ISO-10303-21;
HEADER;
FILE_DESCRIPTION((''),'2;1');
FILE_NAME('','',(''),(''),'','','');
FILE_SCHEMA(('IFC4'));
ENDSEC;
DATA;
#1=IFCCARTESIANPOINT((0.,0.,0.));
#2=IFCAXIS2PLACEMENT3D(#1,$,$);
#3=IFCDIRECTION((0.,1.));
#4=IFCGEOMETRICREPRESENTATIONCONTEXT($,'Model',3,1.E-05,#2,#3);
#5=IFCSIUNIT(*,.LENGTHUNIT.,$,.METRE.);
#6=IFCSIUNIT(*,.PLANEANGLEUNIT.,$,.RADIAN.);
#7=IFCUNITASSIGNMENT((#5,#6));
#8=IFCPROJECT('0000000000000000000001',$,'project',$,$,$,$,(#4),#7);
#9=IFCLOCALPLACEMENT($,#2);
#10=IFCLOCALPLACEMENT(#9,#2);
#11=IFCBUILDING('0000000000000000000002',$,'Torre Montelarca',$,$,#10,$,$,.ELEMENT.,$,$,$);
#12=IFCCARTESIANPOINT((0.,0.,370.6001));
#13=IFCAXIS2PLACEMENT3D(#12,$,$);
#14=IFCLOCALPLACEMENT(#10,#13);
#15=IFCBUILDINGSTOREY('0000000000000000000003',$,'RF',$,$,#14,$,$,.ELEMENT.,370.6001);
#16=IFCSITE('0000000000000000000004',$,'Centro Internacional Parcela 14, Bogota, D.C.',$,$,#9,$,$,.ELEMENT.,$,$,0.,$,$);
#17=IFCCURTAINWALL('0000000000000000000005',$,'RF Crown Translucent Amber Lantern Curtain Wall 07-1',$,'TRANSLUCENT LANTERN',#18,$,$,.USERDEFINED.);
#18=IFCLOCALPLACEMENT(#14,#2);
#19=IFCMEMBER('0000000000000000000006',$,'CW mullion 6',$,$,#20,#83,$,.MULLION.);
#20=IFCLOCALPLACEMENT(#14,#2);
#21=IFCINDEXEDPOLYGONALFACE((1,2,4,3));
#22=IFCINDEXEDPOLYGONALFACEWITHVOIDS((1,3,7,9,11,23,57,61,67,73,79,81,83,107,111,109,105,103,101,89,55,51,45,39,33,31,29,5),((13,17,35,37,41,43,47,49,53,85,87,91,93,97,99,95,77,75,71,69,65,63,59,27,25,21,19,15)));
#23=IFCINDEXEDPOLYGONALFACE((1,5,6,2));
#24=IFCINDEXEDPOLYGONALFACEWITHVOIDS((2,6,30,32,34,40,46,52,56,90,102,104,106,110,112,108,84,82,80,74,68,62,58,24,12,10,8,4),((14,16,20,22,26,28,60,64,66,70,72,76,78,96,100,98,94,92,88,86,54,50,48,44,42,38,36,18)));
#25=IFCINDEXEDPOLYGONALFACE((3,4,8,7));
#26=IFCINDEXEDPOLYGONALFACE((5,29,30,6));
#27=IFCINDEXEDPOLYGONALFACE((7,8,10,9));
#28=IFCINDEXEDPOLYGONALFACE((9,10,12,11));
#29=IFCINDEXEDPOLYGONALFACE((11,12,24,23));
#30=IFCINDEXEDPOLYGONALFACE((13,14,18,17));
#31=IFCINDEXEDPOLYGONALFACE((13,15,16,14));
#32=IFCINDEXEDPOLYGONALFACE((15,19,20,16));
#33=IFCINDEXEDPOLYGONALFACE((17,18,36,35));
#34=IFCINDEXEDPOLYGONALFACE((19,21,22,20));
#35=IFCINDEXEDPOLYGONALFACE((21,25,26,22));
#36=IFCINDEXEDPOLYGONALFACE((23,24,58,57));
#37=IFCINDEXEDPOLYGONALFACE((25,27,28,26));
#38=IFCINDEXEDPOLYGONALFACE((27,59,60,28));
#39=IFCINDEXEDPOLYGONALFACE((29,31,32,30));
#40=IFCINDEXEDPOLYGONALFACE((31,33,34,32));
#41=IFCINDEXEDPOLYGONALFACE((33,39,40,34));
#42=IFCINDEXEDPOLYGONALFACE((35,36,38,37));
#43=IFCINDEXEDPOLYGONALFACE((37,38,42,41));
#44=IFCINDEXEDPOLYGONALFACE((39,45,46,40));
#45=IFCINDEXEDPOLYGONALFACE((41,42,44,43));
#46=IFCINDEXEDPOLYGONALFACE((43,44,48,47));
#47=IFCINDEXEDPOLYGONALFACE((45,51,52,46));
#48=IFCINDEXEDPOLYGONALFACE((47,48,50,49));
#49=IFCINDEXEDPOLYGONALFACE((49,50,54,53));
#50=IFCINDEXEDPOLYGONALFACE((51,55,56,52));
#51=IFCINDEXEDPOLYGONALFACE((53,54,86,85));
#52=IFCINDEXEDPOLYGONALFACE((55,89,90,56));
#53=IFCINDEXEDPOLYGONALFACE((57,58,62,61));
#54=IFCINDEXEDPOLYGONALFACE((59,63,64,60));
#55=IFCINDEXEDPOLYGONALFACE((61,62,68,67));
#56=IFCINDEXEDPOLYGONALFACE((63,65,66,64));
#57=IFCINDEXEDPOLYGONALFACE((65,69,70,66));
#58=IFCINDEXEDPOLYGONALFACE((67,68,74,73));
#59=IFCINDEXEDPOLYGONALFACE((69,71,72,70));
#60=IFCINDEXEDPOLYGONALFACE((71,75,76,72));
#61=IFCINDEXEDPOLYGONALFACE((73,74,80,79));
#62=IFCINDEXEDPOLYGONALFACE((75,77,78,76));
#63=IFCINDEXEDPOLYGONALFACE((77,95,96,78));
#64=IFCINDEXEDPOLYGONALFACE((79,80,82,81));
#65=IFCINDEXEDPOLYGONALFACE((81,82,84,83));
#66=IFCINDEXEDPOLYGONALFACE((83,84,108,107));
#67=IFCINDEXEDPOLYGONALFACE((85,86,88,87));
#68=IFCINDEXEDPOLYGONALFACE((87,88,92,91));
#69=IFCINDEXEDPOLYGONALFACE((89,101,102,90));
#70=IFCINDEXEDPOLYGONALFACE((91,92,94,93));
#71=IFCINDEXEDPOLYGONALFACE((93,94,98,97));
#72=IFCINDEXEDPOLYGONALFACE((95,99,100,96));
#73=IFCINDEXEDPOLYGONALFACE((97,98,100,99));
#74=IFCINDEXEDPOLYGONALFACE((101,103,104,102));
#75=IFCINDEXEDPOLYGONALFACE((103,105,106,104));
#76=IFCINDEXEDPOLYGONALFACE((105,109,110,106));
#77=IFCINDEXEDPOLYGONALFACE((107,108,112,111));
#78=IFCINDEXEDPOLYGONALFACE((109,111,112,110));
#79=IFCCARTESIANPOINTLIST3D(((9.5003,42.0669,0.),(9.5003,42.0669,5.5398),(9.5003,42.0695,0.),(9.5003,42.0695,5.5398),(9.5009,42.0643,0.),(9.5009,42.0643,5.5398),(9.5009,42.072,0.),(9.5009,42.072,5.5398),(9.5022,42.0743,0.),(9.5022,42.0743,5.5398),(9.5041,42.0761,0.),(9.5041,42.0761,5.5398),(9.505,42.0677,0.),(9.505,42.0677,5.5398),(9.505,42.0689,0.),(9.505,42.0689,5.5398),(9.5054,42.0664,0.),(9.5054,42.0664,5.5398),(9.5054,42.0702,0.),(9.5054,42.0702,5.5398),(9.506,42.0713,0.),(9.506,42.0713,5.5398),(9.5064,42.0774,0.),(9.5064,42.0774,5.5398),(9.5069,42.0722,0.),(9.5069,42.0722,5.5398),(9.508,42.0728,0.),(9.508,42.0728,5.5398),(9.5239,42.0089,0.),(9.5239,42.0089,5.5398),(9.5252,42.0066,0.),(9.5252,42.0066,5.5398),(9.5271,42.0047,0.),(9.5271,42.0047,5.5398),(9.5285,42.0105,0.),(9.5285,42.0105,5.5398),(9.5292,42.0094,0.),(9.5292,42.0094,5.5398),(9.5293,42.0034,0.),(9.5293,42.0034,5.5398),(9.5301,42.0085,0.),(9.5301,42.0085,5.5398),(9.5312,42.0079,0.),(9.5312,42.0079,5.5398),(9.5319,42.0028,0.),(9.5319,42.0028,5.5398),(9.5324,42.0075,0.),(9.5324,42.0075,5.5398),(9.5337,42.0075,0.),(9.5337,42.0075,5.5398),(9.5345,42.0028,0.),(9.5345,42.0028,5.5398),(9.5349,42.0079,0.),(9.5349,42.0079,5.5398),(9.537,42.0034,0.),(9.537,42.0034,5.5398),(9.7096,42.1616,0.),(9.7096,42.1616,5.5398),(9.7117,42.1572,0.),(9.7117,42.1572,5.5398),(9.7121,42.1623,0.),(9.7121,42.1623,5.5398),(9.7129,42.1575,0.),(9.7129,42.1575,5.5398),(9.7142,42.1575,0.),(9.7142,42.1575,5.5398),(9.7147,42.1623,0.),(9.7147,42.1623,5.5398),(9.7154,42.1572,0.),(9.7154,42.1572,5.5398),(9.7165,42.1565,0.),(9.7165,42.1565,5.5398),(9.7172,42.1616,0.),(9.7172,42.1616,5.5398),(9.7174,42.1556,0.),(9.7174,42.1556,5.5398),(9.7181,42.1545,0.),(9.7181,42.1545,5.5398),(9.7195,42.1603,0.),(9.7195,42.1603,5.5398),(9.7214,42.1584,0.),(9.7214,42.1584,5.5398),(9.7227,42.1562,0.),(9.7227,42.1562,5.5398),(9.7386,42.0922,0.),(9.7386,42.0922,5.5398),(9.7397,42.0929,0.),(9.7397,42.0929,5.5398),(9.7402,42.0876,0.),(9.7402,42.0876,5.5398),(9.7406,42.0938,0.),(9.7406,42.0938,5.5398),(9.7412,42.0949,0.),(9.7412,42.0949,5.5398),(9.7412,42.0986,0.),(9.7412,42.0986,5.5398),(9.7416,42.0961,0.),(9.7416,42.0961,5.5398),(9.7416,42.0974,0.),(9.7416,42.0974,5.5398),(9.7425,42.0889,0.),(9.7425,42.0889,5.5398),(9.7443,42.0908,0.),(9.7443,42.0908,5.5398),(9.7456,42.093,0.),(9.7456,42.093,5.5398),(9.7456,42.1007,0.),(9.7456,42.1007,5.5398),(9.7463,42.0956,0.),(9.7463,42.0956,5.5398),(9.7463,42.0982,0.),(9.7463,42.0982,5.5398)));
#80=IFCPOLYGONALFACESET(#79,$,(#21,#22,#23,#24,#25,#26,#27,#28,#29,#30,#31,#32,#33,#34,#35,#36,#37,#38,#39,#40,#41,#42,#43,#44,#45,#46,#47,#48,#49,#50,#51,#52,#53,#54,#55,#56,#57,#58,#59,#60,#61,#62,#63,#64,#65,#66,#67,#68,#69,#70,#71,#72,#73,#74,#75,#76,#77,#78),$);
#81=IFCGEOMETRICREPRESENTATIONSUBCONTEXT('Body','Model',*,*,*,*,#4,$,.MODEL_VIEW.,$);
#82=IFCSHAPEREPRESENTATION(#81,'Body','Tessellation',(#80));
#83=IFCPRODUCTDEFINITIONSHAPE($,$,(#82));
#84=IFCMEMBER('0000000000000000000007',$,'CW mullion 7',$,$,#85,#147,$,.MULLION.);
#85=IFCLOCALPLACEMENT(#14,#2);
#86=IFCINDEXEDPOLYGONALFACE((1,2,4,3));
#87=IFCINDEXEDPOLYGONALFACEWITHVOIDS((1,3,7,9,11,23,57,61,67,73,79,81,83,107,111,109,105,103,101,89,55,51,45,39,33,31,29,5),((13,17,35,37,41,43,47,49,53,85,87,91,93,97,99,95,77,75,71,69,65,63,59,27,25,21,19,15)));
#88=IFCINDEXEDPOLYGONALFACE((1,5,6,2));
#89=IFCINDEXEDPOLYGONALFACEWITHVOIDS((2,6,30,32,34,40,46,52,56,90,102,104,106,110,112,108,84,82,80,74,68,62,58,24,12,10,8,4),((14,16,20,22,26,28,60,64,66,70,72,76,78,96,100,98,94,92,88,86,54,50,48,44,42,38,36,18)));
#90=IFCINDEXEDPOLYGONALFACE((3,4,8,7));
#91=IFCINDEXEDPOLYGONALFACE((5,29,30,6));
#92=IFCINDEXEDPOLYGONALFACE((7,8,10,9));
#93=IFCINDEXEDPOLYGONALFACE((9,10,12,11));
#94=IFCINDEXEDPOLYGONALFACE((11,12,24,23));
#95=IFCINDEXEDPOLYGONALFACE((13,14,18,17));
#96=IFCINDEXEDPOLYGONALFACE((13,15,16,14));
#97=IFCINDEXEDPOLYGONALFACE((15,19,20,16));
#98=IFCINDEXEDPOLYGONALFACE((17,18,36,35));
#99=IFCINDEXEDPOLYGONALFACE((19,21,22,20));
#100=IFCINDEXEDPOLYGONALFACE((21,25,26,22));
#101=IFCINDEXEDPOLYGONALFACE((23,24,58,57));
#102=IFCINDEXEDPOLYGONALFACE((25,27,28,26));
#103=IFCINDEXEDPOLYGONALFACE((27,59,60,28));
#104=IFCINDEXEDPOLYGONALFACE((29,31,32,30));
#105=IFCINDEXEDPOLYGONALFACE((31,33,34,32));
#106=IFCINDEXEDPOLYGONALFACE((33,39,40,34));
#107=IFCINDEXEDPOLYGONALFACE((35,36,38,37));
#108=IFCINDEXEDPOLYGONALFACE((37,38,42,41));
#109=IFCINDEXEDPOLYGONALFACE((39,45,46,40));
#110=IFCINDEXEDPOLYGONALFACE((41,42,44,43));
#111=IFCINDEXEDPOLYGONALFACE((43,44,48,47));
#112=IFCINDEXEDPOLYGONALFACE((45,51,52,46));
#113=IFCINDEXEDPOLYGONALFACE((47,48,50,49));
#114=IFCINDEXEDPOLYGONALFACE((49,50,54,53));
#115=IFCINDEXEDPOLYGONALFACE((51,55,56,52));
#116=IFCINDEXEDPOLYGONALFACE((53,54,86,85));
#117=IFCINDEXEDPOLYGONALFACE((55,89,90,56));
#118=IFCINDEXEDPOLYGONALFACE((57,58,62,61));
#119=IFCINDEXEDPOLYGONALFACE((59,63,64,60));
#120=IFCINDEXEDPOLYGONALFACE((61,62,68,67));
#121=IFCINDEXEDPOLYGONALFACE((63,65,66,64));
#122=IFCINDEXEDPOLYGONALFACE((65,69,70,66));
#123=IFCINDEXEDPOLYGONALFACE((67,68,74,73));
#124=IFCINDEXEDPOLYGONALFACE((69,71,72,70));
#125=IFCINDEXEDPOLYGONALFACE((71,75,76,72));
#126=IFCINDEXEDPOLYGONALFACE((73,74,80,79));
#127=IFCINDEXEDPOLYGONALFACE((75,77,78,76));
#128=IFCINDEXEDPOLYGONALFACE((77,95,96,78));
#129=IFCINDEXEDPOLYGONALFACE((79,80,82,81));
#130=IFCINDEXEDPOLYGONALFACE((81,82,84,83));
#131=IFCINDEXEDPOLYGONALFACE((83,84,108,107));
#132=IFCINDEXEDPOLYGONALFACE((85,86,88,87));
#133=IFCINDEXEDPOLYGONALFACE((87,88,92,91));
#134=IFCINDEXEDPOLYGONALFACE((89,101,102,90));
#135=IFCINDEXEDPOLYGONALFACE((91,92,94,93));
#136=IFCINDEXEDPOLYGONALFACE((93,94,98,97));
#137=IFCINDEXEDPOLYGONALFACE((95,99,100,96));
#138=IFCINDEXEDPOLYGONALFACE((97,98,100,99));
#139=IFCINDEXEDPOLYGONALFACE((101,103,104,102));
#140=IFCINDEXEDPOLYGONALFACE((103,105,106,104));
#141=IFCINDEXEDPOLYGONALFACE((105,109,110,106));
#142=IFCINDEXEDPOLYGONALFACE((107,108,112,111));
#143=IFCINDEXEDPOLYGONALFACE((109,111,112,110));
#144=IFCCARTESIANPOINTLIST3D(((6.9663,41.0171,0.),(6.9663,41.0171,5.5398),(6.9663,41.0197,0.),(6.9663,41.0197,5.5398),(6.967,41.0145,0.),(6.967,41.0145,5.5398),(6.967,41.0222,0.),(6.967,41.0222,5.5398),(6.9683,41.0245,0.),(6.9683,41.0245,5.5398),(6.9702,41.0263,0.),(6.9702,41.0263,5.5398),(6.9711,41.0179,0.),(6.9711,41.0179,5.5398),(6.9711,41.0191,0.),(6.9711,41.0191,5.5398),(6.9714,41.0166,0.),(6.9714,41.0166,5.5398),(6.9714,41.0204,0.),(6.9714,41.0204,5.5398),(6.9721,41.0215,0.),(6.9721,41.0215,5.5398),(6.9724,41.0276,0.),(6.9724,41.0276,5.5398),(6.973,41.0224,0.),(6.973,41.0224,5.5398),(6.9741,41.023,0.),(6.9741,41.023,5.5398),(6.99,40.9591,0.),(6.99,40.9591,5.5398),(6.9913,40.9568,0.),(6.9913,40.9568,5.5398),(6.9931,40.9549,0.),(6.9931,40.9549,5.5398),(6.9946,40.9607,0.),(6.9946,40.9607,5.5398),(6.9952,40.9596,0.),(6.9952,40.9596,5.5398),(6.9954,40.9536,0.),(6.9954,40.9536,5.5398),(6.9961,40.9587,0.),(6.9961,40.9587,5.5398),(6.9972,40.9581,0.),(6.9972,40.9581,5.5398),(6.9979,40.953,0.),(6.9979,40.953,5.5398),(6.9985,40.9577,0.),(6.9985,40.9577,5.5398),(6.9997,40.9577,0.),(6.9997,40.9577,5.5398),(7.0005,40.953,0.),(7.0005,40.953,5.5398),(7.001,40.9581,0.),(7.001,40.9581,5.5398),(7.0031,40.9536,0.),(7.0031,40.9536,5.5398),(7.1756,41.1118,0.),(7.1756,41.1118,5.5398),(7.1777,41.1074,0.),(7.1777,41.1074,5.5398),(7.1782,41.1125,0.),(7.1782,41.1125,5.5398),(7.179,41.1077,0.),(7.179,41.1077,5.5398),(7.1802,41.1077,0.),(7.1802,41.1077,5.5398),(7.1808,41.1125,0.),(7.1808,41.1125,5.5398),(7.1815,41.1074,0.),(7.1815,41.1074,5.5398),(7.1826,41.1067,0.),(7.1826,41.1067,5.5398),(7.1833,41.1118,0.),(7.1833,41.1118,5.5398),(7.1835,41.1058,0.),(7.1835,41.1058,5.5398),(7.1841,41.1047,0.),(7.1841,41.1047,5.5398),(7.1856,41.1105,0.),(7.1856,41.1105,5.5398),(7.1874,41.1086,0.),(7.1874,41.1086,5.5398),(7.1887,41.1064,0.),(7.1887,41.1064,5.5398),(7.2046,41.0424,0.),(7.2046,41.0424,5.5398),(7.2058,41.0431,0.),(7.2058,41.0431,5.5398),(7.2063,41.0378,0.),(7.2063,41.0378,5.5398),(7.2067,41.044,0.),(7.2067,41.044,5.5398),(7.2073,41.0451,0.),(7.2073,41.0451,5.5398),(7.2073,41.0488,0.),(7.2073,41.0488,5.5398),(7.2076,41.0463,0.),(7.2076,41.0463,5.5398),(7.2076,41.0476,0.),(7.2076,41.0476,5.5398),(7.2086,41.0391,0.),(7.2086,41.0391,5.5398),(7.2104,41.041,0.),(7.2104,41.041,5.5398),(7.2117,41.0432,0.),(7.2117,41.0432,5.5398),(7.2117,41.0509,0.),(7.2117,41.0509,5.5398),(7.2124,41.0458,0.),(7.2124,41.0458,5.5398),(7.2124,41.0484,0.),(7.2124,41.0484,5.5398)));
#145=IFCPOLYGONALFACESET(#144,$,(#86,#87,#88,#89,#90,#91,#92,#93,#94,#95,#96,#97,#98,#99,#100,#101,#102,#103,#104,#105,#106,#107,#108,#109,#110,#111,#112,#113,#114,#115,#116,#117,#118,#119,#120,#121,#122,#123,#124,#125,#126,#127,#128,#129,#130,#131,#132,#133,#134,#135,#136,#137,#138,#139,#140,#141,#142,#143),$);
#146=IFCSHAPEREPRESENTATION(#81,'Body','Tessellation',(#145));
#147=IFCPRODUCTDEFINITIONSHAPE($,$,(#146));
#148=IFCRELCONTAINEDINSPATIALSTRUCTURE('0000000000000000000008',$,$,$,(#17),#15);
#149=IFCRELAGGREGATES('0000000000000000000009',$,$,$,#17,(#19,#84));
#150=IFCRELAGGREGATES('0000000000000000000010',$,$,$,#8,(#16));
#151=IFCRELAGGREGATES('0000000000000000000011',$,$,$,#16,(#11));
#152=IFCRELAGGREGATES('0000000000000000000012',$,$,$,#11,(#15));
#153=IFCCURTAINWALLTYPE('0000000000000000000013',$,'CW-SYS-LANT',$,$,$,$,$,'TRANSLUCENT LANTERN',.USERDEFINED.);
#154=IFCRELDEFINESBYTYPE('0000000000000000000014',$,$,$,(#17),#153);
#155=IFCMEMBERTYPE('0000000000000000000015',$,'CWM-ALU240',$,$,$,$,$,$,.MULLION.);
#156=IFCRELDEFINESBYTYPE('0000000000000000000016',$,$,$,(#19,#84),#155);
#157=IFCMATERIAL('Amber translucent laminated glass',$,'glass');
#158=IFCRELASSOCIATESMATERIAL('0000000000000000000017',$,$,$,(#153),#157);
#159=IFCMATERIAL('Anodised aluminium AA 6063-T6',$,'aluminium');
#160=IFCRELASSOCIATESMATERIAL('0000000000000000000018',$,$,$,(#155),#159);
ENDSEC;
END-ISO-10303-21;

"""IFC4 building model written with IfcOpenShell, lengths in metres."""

from ifc_helpers import new_model, si_unit, direction, frame, origin, origin_2d, place, context, subcontext, project, spatial, hollow_rectangle, extrude, source, transform, mapped, material, material_profile, profile_set, type_object, element, aggregate, save


model = new_model("IFC4")

# Units and contexts
model_context = context("Model", 3, precision=1e-05, world=origin(), true_north=direction((0.0, 1.0)))
body_context = subcontext(model_context, "Body", "Model", "MODEL_VIEW")
ifc_project = project(units=[si_unit("LENGTHUNIT", "METRE"), si_unit("PLANEANGLEUNIT", "RADIAN")], contexts=[model_context])

# Site, building, storey
site_placement = place(None, origin())
site = spatial("IfcSite", under=ifc_project, at=site_placement, Name="Centro Internacional Parcela 14, Bogota, D.C.", CompositionType="ELEMENT", RefElevation=0.0)
building_placement = place(site_placement, origin())
building = spatial("IfcBuilding", under=site, at=building_placement, Name="Torre Montelarca", CompositionType="ELEMENT")
storey_placement = place(building_placement, frame((0.0, 0.0, 370.6001)))
storey = spatial("IfcBuildingStorey", under=building, at=storey_placement, Name="RF", CompositionType="ELEMENT", Elevation=370.6001)

# Curtain wall, members
ifc_material_1 = material(Name="Amber translucent laminated glass", Category="glass")
curtain_wall_type = type_object("IfcCurtainWallType", Name="CW-SYS-LANT", ElementType="TRANSLUCENT LANTERN", PredefinedType="USERDEFINED", material=ifc_material_1)
curtain_wall_1_placement = place(storey_placement, origin())
curtain_wall_1 = element("IfcCurtainWall", 1, at=curtain_wall_1_placement, inside=storey, type_object=curtain_wall_type, Name="RF Crown Translucent Amber Lantern Curtain Wall 07-1", ObjectType="TRANSLUCENT LANTERN", PredefinedType="USERDEFINED")
ifc_material_2 = material(Name="Anodised aluminium AA 6063-T6", Category="aluminium")
ifc_material_profile_1 = material_profile(ifc_material_2, hollow_rectangle(XDim=0.0801, YDim=0.24, WallThickness=0.0049, InnerFilletRadius=0.0049, OuterFilletRadius=0.01, at=origin_2d()), Name="ALU80X240X5", Category="aluminium")
ifc_profile_set_1 = profile_set([ifc_material_profile_1], Name="Anodised aluminium AA 6063-T6")
member_type_1 = type_object("IfcMemberType", Name="CWM-ALU240", PredefinedType="MULLION", material=ifc_profile_set_1)
shared_shape_1 = source(origin(), body_context, "Body", "SweptSolid", [
    extrude(hollow_rectangle(XDim=0.0801, YDim=0.24, WallThickness=0.0049, InnerFilletRadius=0.0049, OuterFilletRadius=0.01, at=origin_2d()), origin(), (0.0, 0.0, 1.0), 5.5398),
])
member_1_placement = place(storey_placement, frame((9.6233, 42.0825, 0.0), z_axis=(0.0, 0.0, 1.0), x_axis=(0.382689, -0.923877, 0.0)))
member_1 = element("IfcMember", 2, at=member_1_placement, type_object=member_type_1, Name="CW mullion 6", PredefinedType="MULLION", context=body_context, shape_type="MappedRepresentation", body=[
    mapped(shared_shape_1, transform((0.0, 0.0, 0.0), scale=1.0)),
])
member_2_placement = place(storey_placement, frame((7.0894, 41.0327, 0.0), z_axis=(0.0, 0.0, 1.0), x_axis=(0.382689, -0.923877, 0.0)))
member_2 = element("IfcMember", 3, at=member_2_placement, type_object=member_type_1, Name="CW mullion 7", PredefinedType="MULLION", context=body_context, shape_type="MappedRepresentation", body=[
    mapped(shared_shape_1, transform((0.0, 0.0, 0.0), scale=1.0)),
])

aggregate(curtain_wall_1, [member_1, member_2])

save(model, "model.ifc")
